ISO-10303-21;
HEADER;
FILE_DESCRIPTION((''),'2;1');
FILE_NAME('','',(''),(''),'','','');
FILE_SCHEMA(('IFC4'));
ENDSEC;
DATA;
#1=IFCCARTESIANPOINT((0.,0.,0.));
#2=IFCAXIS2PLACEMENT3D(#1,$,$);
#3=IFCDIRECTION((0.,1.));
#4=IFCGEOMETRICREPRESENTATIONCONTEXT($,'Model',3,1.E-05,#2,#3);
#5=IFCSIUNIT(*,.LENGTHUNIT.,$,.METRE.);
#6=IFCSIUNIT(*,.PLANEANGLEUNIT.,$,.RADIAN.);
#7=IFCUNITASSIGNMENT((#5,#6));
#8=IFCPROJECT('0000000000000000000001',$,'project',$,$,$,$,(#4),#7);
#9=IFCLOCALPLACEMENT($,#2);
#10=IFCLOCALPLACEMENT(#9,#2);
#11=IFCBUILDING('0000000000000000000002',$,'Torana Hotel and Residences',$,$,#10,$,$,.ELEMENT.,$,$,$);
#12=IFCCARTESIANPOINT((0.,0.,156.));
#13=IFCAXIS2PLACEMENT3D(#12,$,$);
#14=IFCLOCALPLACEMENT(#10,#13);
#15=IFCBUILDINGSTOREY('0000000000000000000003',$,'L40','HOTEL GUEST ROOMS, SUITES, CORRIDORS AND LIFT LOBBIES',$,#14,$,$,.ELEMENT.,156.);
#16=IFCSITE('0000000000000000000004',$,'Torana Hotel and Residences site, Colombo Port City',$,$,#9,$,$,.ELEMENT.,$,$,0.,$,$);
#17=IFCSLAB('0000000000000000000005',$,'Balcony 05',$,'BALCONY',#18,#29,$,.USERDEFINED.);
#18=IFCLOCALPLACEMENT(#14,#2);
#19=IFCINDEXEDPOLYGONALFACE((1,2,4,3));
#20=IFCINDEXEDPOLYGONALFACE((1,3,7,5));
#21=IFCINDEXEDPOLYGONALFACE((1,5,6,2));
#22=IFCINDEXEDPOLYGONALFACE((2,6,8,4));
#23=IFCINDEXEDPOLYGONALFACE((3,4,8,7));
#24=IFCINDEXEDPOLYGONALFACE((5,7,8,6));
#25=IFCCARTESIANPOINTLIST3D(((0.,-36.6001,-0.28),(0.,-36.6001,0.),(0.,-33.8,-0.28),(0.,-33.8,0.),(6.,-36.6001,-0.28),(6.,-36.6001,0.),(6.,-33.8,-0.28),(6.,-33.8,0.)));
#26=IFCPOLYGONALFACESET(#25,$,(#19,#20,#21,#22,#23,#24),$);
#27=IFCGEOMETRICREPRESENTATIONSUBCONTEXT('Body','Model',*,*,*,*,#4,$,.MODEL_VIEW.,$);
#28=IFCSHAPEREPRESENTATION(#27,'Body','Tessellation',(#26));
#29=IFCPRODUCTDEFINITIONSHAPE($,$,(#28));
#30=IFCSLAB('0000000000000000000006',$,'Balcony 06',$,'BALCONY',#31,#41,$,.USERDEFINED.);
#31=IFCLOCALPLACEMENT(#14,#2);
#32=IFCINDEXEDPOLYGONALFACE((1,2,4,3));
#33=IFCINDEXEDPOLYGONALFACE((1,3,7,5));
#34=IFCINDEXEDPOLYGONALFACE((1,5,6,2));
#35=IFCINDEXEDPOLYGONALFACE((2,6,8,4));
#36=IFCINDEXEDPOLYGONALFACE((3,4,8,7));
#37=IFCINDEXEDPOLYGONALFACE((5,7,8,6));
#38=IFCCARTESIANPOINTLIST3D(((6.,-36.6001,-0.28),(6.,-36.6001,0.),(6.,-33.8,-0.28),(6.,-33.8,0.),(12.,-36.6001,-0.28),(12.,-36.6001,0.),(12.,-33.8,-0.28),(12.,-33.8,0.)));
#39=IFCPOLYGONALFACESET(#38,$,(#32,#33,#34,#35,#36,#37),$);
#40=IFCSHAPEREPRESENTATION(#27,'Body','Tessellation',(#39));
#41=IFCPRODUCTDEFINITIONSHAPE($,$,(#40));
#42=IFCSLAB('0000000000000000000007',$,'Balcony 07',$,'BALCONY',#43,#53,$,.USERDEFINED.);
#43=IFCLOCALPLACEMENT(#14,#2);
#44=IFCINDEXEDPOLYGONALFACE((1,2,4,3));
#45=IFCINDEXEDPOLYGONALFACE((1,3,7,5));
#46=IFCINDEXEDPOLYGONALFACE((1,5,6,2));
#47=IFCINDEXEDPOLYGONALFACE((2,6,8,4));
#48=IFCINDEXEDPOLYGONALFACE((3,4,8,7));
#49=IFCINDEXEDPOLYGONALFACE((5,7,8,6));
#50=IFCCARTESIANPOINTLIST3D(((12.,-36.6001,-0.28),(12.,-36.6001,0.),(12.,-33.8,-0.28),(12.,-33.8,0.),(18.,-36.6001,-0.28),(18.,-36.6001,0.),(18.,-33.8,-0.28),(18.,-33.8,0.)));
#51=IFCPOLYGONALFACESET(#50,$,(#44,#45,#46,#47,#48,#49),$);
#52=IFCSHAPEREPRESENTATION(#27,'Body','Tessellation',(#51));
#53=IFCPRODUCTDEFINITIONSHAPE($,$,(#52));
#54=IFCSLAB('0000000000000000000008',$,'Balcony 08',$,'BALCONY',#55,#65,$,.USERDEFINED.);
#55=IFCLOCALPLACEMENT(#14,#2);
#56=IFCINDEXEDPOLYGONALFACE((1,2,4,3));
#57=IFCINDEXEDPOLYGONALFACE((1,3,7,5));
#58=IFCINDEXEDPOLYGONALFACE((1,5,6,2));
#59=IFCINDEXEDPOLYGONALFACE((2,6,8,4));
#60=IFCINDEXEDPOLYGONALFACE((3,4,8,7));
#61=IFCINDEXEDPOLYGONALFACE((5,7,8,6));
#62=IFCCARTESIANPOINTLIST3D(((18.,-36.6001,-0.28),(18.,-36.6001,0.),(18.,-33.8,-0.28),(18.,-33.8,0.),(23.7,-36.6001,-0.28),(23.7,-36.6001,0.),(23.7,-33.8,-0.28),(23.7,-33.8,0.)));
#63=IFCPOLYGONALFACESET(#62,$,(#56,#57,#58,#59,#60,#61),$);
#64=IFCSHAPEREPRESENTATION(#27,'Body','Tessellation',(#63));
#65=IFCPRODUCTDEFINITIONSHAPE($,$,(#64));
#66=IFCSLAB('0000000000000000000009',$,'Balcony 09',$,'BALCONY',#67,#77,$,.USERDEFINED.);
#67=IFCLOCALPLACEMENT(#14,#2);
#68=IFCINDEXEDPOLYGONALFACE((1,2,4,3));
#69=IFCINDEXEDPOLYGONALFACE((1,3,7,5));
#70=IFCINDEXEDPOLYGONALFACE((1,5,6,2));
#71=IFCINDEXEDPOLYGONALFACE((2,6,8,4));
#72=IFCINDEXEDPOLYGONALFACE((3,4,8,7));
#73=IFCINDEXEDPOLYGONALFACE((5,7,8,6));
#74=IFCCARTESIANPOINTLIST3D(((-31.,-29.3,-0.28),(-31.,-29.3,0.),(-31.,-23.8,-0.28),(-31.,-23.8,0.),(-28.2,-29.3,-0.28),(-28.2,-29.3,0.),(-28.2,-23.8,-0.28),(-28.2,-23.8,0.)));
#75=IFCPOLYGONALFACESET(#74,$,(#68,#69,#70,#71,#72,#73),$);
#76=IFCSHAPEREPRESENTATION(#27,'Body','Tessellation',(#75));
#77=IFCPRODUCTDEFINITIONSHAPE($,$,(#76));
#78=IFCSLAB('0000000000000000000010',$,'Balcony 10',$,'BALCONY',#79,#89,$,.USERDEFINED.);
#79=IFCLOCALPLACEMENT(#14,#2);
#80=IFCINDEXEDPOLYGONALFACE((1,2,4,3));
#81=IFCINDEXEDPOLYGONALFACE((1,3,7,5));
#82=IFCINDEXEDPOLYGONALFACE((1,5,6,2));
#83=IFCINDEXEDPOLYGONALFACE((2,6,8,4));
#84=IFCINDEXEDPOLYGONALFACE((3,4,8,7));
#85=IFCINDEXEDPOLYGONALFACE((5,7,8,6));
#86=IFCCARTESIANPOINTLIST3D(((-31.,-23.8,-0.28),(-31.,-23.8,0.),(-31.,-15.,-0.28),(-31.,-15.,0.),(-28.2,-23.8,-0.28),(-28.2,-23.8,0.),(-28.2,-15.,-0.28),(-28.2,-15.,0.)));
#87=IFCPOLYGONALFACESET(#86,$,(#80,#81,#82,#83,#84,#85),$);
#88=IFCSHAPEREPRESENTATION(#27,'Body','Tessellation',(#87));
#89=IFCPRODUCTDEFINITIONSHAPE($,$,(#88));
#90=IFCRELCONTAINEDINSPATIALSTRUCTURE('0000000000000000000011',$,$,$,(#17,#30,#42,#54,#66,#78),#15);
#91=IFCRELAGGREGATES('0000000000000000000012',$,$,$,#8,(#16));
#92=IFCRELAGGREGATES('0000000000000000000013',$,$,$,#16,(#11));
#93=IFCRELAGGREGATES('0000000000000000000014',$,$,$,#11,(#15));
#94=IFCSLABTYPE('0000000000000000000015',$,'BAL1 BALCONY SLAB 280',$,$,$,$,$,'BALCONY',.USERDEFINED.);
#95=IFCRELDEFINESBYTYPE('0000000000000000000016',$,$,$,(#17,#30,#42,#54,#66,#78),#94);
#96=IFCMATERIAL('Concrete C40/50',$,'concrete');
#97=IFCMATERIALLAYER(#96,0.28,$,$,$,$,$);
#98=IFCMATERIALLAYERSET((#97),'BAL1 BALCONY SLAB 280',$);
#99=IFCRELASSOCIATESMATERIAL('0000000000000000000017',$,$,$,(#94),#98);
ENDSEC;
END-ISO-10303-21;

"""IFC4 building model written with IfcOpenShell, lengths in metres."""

from ifc_helpers import new_model, si_unit, direction, frame, origin, place, context, subcontext, project, spatial, polyline, outline, extrude, material, layer, layer_set, type_object, element, save


model = new_model("IFC4")

# Units and contexts
model_context = context("Model", 3, precision=1e-05, world=origin(), true_north=direction((0.0, 1.0)))
body_context = subcontext(model_context, "Body", "Model", "MODEL_VIEW")
ifc_project = project(units=[si_unit("LENGTHUNIT", "METRE"), si_unit("PLANEANGLEUNIT", "RADIAN")], contexts=[model_context])

# Site, building, storey
site_placement = place(None, origin())
site = spatial("IfcSite", under=ifc_project, at=site_placement, Name="Torana Hotel and Residences site, Colombo Port City", CompositionType="ELEMENT", RefElevation=0.0)
building_placement = place(site_placement, origin())
building = spatial("IfcBuilding", under=site, at=building_placement, Name="Torana Hotel and Residences", CompositionType="ELEMENT")
storey_placement = place(building_placement, frame((0.0, 0.0, 156.0)))
storey = spatial("IfcBuildingStorey", under=building, at=storey_placement, Name="L40", Description="HOTEL GUEST ROOMS, SUITES, CORRIDORS AND LIFT LOBBIES", CompositionType="ELEMENT", Elevation=156.0)

# Slabs
ifc_material_1 = material(Name="Concrete C40/50", Category="concrete")
ifc_layer_1 = layer(ifc_material_1, 0.28)
ifc_layer_set_1 = layer_set([ifc_layer_1], Name="BAL1 BALCONY SLAB 280")
slab_type = type_object("IfcSlabType", Name="BAL1 BALCONY SLAB 280", ElementType="BALCONY", PredefinedType="USERDEFINED", material=ifc_layer_set_1)
slab_1_placement = place(storey_placement, frame((0.0, 0.0, -0.28)))
element("IfcSlab", 1, at=slab_1_placement, inside=storey, type_object=slab_type, Name="Balcony 05", ObjectType="BALCONY", PredefinedType="USERDEFINED", context=body_context, shape_type="SweptSolid", body=[
    extrude(outline(polyline([(0.0, -36.6001), (6.0, -36.6001), (6.0, -33.8), (0.0, -33.8), (0.0, -36.6001)])), origin(), (0.0, 0.0, 1.0), 0.28),
])
slab_2_placement = place(storey_placement, frame((0.0, 0.0, -0.28)))
element("IfcSlab", 2, at=slab_2_placement, inside=storey, type_object=slab_type, Name="Balcony 06", ObjectType="BALCONY", PredefinedType="USERDEFINED", context=body_context, shape_type="SweptSolid", body=[
    extrude(outline(polyline([(6.0, -36.6001), (12.0, -36.6001), (12.0, -33.8), (6.0, -33.8), (6.0, -36.6001)])), origin(), (0.0, 0.0, 1.0), 0.28),
])
slab_3_placement = place(storey_placement, frame((0.0, 0.0, -0.28)))
element("IfcSlab", 3, at=slab_3_placement, inside=storey, type_object=slab_type, Name="Balcony 07", ObjectType="BALCONY", PredefinedType="USERDEFINED", context=body_context, shape_type="SweptSolid", body=[
    extrude(outline(polyline([(12.0, -36.6001), (18.0, -36.6001), (18.0, -33.8), (12.0, -33.8), (12.0, -36.6001)])), origin(), (0.0, 0.0, 1.0), 0.28),
])
slab_4_placement = place(storey_placement, frame((0.0, 0.0, -0.28)))
element("IfcSlab", 4, at=slab_4_placement, inside=storey, type_object=slab_type, Name="Balcony 08", ObjectType="BALCONY", PredefinedType="USERDEFINED", context=body_context, shape_type="SweptSolid", body=[
    extrude(outline(polyline([(18.0, -36.6001), (23.7, -36.6001), (23.7, -33.8), (18.0, -33.8), (18.0, -36.6001)])), origin(), (0.0, 0.0, 1.0), 0.28),
])
slab_5_placement = place(storey_placement, frame((0.0, 0.0, -0.28)))
element("IfcSlab", 5, at=slab_5_placement, inside=storey, type_object=slab_type, Name="Balcony 09", ObjectType="BALCONY", PredefinedType="USERDEFINED", context=body_context, shape_type="SweptSolid", body=[
    extrude(outline(polyline([(-31.0, -29.3), (-28.2, -29.3), (-28.2, -23.8), (-31.0, -23.8), (-31.0, -29.3)])), origin(), (0.0, 0.0, 1.0), 0.28),
])
slab_6_placement = place(storey_placement, frame((0.0, 0.0, -0.28)))
element("IfcSlab", 6, at=slab_6_placement, inside=storey, type_object=slab_type, Name="Balcony 10", ObjectType="BALCONY", PredefinedType="USERDEFINED", context=body_context, shape_type="SweptSolid", body=[
    extrude(outline(polyline([(-31.0, -23.8), (-28.2, -23.8), (-28.2, -15.0), (-31.0, -15.0), (-31.0, -23.8)])), origin(), (0.0, 0.0, 1.0), 0.28),
])

save(model, "model.ifc")
